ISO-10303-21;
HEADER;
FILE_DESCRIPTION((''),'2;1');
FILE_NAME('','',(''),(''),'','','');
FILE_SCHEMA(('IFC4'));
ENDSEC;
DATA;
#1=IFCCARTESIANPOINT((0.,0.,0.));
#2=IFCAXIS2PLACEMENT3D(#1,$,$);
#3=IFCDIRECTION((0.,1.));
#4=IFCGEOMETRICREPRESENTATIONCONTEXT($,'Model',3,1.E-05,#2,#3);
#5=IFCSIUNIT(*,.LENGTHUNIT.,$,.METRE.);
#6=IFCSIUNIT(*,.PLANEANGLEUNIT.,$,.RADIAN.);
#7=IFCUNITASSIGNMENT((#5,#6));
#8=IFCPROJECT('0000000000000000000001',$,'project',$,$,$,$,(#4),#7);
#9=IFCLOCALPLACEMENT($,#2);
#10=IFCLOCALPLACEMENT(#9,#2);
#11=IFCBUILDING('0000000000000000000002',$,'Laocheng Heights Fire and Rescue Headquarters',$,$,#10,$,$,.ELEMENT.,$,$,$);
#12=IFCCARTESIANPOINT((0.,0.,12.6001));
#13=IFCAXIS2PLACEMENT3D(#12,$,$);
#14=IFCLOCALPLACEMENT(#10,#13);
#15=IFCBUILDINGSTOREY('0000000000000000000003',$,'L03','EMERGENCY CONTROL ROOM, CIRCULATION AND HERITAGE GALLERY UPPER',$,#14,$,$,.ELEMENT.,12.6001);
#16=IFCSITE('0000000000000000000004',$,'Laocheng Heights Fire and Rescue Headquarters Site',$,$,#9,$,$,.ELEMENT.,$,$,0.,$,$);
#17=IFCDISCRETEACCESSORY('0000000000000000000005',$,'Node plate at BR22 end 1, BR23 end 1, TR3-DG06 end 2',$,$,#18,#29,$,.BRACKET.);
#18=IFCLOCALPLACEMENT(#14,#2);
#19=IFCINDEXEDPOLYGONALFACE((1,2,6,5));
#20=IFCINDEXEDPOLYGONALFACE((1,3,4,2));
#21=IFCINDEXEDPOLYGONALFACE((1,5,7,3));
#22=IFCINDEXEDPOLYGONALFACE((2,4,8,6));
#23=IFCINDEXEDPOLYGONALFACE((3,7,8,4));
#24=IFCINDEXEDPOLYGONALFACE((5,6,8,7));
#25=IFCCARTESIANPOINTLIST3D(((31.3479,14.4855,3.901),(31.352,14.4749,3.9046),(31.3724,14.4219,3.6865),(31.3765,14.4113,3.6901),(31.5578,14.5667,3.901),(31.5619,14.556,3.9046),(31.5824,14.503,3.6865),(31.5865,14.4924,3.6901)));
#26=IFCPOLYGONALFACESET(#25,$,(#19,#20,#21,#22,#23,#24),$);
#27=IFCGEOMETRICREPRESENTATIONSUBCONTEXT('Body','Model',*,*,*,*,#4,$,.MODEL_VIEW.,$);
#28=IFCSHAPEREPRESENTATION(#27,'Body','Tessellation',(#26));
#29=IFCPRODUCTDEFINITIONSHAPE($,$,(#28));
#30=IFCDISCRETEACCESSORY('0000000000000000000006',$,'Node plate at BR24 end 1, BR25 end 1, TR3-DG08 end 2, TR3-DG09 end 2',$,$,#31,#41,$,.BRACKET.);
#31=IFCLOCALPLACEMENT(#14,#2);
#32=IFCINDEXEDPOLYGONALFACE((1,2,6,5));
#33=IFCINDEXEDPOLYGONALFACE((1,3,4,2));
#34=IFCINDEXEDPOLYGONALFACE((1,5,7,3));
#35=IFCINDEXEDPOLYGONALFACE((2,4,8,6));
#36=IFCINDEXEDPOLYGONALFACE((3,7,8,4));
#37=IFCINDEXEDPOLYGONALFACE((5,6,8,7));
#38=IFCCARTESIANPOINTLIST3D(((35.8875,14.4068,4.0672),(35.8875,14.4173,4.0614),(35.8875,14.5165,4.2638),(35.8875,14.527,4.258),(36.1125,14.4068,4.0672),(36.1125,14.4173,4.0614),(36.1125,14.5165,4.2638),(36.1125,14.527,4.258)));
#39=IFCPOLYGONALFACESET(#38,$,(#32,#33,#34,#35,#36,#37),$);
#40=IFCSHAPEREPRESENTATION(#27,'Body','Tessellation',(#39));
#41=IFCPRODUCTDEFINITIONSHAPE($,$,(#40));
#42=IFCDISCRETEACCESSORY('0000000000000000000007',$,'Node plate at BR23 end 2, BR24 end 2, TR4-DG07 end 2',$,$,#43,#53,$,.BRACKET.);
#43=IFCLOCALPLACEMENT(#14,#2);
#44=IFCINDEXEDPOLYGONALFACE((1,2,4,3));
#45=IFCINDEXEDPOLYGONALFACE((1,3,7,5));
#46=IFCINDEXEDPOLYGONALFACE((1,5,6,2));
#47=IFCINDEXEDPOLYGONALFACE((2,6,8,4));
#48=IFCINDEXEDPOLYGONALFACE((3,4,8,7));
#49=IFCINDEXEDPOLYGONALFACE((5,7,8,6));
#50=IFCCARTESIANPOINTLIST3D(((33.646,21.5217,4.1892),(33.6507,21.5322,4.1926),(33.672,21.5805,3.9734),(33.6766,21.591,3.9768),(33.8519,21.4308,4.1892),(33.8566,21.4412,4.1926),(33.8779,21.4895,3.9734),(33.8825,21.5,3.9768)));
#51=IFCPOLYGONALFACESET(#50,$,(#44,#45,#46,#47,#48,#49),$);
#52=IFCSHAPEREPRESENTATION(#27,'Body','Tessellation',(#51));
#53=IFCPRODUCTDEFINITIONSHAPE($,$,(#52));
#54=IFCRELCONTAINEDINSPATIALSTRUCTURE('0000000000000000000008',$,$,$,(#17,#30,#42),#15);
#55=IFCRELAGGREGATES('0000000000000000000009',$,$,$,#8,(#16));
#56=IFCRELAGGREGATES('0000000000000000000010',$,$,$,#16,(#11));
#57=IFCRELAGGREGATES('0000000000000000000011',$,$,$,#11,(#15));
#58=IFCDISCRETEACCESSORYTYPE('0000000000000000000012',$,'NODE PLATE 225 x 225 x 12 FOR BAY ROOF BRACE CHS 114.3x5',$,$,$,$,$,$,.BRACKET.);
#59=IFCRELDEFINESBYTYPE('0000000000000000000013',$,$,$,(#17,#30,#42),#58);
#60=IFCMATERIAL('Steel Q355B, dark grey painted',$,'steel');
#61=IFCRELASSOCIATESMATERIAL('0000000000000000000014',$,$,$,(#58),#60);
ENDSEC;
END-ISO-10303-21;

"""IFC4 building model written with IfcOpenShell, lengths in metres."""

from ifc_helpers import new_model, si_unit, direction, frame, origin, origin_2d, place, context, subcontext, project, spatial, rectangle, extrude, material, material_profile, profile_set, type_object, element, save


model = new_model("IFC4")

# Units and contexts
model_context = context("Model", 3, precision=1e-05, world=origin(), true_north=direction((0.0, 1.0)))
body_context = subcontext(model_context, "Body", "Model", "MODEL_VIEW")
ifc_project = project(units=[si_unit("LENGTHUNIT", "METRE"), si_unit("PLANEANGLEUNIT", "RADIAN")], contexts=[model_context])

# Site, building, storey
site_placement = place(None, origin())
site = spatial("IfcSite", under=ifc_project, at=site_placement, Name="Laocheng Heights Fire and Rescue Headquarters Site", CompositionType="ELEMENT", RefElevation=0.0)
building_placement = place(site_placement, origin())
building = spatial("IfcBuilding", under=site, at=building_placement, Name="Laocheng Heights Fire and Rescue Headquarters", CompositionType="ELEMENT")
storey_placement = place(building_placement, frame((0.0, 0.0, 12.6001)))
storey = spatial("IfcBuildingStorey", under=building, at=storey_placement, Name="L03", Description="EMERGENCY CONTROL ROOM, CIRCULATION AND HERITAGE GALLERY UPPER", CompositionType="ELEMENT", Elevation=12.6001)

# Discrete accessories
ifc_material_1 = material(Name="Steel Q355B, dark grey painted", Category="steel")
ifc_material_profile_1 = material_profile(ifc_material_1, rectangle(XDim=0.2251, YDim=0.2251, at=origin_2d()), Name="NODE PLATE 225 x 225 x 12 FOR BAY ROOF BRACE CHS 114.3x5")
ifc_profile_set_1 = profile_set([ifc_material_profile_1], Name="Steel Q355B, dark grey painted")
discrete_accessory_type_1 = type_object("IfcDiscreteAccessoryType", Name="NODE PLATE 225 x 225 x 12 FOR BAY ROOF BRACE CHS 114.3x5", PredefinedType="BRACKET", material=ifc_profile_set_1)
for number, where, z_axis, x_axis, name in (
    (1, (31.4692, 14.4836, 3.7974), (-0.343452, 0.888934, -0.303046), (-0.932798, -0.360399, 0.0), "Node plate at BR22 end 1, BR23 end 1, TR3-DG06 end 2"),
    (2, (36.0, 14.4617, 4.1655), (0.0, 0.873198, -0.487366), (-1.0, 0.0, 0.0), "Node plate at BR24 end 1, BR25 end 1, TR3-DG08 end 2, TR3-DG09 end 2"),
    (3, (33.7666, 21.5161, 4.0847), (-0.387352, -0.876639, -0.285417), (0.914687, -0.404164, 0.0), "Node plate at BR23 end 2, BR24 end 2, TR4-DG07 end 2"),
):
    element("IfcDiscreteAccessory", number, at=place(storey_placement, frame(where, z_axis=z_axis, x_axis=x_axis)), inside=storey, type_object=discrete_accessory_type_1, Name=name, PredefinedType="BRACKET", context=body_context, shape_type="SweptSolid", body=[
        extrude(rectangle(XDim=0.2251, YDim=0.2251, at=origin_2d()), origin(), (0.0, 0.0, 1.0), 0.012),
    ])

save(model, "model.ifc")
